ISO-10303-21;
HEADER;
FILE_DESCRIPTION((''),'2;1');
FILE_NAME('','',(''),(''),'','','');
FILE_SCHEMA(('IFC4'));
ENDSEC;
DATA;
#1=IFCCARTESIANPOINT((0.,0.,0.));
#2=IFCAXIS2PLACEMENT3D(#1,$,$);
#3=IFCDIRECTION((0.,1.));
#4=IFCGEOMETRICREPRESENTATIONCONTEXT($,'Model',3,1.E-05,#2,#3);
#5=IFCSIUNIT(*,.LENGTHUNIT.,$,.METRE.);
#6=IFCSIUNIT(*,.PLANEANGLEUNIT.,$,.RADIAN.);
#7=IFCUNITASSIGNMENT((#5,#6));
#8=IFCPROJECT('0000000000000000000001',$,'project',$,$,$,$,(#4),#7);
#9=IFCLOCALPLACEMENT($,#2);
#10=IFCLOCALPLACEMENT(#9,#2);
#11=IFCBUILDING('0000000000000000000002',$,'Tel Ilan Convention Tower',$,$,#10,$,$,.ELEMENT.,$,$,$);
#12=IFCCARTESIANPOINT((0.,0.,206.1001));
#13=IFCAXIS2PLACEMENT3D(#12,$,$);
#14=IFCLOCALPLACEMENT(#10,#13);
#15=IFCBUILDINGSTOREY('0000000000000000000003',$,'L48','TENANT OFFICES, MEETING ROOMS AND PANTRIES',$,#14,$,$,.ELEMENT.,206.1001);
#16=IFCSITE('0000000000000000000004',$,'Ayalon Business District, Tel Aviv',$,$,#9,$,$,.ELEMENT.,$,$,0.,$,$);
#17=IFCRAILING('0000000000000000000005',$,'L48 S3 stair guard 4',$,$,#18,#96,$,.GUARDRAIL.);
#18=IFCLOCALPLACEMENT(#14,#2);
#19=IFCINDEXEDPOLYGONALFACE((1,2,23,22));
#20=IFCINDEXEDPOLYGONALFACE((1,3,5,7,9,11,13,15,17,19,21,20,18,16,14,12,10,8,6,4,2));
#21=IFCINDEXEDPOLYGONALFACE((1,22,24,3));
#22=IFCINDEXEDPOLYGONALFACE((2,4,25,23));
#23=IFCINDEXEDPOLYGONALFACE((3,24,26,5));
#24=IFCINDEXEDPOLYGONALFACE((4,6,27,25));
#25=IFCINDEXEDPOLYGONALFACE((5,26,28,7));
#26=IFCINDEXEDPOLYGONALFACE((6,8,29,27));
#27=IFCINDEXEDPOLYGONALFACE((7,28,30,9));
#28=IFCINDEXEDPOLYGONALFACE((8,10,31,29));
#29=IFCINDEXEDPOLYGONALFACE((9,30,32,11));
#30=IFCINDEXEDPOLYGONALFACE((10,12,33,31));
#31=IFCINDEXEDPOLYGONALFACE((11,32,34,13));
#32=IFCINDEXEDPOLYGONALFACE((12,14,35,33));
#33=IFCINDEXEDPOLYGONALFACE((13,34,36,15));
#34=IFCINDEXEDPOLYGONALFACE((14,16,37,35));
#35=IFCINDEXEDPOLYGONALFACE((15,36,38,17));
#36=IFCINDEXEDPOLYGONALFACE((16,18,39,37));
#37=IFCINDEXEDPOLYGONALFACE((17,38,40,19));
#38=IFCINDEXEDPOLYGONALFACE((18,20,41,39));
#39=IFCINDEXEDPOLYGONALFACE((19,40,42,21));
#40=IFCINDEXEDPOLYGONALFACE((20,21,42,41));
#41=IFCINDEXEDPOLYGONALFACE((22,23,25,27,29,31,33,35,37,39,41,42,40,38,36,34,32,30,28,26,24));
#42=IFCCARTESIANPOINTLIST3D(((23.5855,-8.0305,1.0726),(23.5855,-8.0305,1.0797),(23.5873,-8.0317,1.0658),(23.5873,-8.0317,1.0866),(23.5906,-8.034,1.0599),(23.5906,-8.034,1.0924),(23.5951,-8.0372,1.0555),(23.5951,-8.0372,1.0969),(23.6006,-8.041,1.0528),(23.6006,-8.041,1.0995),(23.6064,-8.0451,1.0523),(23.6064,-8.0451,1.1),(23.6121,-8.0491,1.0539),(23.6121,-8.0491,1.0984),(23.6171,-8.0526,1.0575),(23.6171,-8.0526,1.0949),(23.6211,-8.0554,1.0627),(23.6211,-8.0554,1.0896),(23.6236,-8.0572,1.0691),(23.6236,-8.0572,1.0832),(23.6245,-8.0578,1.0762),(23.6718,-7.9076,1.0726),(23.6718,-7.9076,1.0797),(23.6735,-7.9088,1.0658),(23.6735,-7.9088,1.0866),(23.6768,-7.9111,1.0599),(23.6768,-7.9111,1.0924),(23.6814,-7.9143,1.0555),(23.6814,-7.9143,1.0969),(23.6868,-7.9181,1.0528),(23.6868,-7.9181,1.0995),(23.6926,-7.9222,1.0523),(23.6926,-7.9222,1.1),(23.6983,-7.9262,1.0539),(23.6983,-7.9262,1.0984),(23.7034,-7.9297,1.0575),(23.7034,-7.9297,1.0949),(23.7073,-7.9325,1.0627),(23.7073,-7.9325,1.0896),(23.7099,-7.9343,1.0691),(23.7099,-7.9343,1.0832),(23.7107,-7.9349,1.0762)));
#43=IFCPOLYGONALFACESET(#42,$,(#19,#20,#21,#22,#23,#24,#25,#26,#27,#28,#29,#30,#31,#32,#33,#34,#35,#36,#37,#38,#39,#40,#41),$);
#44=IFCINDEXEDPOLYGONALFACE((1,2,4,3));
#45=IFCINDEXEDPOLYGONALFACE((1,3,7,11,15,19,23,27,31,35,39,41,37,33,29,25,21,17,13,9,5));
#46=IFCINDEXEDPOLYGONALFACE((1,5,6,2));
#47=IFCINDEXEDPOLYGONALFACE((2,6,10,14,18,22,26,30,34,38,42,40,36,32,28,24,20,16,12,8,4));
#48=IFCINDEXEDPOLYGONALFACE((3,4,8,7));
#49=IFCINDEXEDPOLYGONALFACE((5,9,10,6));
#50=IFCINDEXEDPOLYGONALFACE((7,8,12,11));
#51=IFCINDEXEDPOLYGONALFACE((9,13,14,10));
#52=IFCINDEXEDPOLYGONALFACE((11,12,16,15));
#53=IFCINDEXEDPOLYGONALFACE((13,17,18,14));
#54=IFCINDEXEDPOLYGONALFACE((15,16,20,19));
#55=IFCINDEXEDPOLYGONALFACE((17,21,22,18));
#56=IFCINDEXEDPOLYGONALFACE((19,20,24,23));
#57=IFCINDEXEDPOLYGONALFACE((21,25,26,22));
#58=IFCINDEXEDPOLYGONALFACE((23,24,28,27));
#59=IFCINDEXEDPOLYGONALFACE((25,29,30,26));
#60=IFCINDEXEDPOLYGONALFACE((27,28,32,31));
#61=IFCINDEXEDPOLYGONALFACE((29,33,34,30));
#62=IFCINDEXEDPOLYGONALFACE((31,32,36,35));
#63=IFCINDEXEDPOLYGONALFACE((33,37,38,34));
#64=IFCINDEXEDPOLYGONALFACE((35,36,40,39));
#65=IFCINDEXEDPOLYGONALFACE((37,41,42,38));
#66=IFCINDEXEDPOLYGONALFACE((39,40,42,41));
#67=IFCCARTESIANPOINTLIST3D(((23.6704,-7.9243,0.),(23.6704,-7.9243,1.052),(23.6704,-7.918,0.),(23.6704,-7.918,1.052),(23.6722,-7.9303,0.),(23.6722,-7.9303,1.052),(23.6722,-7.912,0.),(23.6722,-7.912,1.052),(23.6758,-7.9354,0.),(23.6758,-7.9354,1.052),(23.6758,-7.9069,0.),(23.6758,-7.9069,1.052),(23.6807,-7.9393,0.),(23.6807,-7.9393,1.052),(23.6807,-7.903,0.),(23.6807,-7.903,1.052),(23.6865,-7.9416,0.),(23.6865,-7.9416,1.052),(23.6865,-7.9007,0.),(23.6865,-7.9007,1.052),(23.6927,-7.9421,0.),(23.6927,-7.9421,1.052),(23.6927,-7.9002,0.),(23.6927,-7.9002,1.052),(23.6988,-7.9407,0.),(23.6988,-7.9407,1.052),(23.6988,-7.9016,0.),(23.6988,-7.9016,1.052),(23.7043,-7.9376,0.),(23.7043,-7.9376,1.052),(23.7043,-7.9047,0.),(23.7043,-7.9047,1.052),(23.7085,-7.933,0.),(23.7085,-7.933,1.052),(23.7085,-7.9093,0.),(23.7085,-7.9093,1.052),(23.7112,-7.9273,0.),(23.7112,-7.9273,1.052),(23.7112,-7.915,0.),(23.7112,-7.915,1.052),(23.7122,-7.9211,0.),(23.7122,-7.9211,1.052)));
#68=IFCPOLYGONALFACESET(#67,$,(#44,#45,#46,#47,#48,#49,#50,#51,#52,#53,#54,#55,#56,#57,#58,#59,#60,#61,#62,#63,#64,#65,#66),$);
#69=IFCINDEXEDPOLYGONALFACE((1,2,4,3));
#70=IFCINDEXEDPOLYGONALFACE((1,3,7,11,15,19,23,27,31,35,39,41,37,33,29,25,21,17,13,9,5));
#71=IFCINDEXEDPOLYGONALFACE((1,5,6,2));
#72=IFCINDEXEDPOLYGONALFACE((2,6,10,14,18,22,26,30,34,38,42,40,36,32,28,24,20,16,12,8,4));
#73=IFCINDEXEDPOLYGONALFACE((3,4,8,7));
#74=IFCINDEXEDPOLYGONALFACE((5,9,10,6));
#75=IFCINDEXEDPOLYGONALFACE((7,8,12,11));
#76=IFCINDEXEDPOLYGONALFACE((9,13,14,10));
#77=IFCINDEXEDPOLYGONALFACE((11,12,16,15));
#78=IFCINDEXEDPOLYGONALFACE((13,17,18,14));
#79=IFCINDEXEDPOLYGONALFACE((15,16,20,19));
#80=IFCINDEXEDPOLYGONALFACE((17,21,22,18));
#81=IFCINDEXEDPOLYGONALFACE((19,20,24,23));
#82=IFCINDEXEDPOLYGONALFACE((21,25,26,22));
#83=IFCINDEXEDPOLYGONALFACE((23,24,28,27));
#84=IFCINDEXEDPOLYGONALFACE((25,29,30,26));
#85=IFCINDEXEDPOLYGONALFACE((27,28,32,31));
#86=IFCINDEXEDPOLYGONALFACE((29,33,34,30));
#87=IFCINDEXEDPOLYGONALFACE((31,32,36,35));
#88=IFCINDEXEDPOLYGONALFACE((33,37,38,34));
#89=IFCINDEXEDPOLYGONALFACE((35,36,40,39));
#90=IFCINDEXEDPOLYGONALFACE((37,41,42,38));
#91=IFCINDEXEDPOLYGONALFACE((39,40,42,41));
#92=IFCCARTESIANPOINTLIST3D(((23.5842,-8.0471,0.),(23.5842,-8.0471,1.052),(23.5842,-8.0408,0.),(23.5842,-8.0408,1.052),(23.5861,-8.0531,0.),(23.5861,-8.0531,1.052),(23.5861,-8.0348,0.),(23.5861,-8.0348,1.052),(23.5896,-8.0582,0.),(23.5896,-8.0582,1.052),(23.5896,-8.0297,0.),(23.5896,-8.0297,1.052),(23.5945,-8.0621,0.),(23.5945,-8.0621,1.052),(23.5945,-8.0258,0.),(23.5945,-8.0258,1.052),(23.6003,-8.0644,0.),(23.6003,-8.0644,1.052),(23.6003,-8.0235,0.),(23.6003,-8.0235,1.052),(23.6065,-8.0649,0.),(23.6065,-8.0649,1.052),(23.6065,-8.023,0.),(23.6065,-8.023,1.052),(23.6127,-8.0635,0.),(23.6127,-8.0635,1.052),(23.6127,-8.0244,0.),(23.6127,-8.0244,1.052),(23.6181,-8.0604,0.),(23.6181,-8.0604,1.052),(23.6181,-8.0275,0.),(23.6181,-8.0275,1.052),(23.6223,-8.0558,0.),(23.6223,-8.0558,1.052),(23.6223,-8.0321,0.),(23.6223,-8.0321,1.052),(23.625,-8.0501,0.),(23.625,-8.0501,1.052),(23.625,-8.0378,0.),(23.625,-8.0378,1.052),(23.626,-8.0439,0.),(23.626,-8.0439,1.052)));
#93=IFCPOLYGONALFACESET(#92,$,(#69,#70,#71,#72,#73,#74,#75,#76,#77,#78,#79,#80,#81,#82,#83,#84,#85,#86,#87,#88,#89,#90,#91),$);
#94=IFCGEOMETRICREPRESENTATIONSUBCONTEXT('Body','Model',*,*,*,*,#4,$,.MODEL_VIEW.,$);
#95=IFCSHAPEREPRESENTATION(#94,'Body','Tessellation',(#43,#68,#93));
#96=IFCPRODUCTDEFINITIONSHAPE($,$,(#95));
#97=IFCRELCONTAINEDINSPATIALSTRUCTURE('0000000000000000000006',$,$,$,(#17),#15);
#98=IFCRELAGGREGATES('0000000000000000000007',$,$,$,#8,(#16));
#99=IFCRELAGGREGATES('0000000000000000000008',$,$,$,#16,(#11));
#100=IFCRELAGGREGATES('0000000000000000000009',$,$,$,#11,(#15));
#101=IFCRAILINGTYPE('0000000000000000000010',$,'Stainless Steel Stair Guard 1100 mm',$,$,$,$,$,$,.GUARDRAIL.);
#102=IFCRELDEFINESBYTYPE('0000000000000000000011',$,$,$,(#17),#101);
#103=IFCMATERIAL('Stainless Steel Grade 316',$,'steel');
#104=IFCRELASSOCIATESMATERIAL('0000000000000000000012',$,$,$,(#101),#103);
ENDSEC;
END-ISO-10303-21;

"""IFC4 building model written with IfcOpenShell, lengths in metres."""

from ifc_helpers import new_model, si_unit, direction, frame, origin, origin_2d, place, context, subcontext, project, spatial, circle, extrude, material, type_object, element, save


model = new_model("IFC4")

# Units and contexts
model_context = context("Model", 3, precision=1e-05, world=origin(), true_north=direction((0.0, 1.0)))
body_context = subcontext(model_context, "Body", "Model", "MODEL_VIEW")
ifc_project = project(units=[si_unit("LENGTHUNIT", "METRE"), si_unit("PLANEANGLEUNIT", "RADIAN")], contexts=[model_context])

# Site, building, storey
site_placement = place(None, origin())
site = spatial("IfcSite", under=ifc_project, at=site_placement, Name="Ayalon Business District, Tel Aviv", CompositionType="ELEMENT", RefElevation=0.0)
building_placement = place(site_placement, origin())
building = spatial("IfcBuilding", under=site, at=building_placement, Name="Tel Ilan Convention Tower", CompositionType="ELEMENT")
storey_placement = place(building_placement, frame((0.0, 0.0, 206.1001)))
storey = spatial("IfcBuildingStorey", under=building, at=storey_placement, Name="L48", Description="TENANT OFFICES, MEETING ROOMS AND PANTRIES", CompositionType="ELEMENT", Elevation=206.1001)

# Railing
ifc_material_1 = material(Name="Stainless Steel Grade 316", Category="steel")
railing_type_1 = type_object("IfcRailingType", Name="Stainless Steel Stair Guard 1100 mm", PredefinedType="GUARDRAIL", material=ifc_material_1)
railing_1_placement = place(storey_placement, frame((23.6912, -7.9211, 0.0)))
element("IfcRailing", 1, at=railing_1_placement, inside=storey, type_object=railing_type_1, Name="L48 S3 stair guard 4", PredefinedType="GUARDRAIL", context=body_context, shape_type="SweptSolid", body=[
    extrude(circle(Radius=0.0239, at=origin_2d()), frame((0.0, 0.0, 1.0762), z_axis=(-0.574445, -0.818543, 0.0), x_axis=(0.818543, -0.574445, 0.0)), (0.0, 0.0, 1.0), 0.1501),
    extrude(circle(Radius=0.021, at=origin_2d()), origin(), (0.0, 0.0, 1.0), 1.052),
    extrude(circle(Radius=0.021, at=origin_2d()), frame((-0.0862, -0.1228, 0.0)), (0.0, 0.0, 1.0), 1.052),
])

save(model, "model.ifc")
